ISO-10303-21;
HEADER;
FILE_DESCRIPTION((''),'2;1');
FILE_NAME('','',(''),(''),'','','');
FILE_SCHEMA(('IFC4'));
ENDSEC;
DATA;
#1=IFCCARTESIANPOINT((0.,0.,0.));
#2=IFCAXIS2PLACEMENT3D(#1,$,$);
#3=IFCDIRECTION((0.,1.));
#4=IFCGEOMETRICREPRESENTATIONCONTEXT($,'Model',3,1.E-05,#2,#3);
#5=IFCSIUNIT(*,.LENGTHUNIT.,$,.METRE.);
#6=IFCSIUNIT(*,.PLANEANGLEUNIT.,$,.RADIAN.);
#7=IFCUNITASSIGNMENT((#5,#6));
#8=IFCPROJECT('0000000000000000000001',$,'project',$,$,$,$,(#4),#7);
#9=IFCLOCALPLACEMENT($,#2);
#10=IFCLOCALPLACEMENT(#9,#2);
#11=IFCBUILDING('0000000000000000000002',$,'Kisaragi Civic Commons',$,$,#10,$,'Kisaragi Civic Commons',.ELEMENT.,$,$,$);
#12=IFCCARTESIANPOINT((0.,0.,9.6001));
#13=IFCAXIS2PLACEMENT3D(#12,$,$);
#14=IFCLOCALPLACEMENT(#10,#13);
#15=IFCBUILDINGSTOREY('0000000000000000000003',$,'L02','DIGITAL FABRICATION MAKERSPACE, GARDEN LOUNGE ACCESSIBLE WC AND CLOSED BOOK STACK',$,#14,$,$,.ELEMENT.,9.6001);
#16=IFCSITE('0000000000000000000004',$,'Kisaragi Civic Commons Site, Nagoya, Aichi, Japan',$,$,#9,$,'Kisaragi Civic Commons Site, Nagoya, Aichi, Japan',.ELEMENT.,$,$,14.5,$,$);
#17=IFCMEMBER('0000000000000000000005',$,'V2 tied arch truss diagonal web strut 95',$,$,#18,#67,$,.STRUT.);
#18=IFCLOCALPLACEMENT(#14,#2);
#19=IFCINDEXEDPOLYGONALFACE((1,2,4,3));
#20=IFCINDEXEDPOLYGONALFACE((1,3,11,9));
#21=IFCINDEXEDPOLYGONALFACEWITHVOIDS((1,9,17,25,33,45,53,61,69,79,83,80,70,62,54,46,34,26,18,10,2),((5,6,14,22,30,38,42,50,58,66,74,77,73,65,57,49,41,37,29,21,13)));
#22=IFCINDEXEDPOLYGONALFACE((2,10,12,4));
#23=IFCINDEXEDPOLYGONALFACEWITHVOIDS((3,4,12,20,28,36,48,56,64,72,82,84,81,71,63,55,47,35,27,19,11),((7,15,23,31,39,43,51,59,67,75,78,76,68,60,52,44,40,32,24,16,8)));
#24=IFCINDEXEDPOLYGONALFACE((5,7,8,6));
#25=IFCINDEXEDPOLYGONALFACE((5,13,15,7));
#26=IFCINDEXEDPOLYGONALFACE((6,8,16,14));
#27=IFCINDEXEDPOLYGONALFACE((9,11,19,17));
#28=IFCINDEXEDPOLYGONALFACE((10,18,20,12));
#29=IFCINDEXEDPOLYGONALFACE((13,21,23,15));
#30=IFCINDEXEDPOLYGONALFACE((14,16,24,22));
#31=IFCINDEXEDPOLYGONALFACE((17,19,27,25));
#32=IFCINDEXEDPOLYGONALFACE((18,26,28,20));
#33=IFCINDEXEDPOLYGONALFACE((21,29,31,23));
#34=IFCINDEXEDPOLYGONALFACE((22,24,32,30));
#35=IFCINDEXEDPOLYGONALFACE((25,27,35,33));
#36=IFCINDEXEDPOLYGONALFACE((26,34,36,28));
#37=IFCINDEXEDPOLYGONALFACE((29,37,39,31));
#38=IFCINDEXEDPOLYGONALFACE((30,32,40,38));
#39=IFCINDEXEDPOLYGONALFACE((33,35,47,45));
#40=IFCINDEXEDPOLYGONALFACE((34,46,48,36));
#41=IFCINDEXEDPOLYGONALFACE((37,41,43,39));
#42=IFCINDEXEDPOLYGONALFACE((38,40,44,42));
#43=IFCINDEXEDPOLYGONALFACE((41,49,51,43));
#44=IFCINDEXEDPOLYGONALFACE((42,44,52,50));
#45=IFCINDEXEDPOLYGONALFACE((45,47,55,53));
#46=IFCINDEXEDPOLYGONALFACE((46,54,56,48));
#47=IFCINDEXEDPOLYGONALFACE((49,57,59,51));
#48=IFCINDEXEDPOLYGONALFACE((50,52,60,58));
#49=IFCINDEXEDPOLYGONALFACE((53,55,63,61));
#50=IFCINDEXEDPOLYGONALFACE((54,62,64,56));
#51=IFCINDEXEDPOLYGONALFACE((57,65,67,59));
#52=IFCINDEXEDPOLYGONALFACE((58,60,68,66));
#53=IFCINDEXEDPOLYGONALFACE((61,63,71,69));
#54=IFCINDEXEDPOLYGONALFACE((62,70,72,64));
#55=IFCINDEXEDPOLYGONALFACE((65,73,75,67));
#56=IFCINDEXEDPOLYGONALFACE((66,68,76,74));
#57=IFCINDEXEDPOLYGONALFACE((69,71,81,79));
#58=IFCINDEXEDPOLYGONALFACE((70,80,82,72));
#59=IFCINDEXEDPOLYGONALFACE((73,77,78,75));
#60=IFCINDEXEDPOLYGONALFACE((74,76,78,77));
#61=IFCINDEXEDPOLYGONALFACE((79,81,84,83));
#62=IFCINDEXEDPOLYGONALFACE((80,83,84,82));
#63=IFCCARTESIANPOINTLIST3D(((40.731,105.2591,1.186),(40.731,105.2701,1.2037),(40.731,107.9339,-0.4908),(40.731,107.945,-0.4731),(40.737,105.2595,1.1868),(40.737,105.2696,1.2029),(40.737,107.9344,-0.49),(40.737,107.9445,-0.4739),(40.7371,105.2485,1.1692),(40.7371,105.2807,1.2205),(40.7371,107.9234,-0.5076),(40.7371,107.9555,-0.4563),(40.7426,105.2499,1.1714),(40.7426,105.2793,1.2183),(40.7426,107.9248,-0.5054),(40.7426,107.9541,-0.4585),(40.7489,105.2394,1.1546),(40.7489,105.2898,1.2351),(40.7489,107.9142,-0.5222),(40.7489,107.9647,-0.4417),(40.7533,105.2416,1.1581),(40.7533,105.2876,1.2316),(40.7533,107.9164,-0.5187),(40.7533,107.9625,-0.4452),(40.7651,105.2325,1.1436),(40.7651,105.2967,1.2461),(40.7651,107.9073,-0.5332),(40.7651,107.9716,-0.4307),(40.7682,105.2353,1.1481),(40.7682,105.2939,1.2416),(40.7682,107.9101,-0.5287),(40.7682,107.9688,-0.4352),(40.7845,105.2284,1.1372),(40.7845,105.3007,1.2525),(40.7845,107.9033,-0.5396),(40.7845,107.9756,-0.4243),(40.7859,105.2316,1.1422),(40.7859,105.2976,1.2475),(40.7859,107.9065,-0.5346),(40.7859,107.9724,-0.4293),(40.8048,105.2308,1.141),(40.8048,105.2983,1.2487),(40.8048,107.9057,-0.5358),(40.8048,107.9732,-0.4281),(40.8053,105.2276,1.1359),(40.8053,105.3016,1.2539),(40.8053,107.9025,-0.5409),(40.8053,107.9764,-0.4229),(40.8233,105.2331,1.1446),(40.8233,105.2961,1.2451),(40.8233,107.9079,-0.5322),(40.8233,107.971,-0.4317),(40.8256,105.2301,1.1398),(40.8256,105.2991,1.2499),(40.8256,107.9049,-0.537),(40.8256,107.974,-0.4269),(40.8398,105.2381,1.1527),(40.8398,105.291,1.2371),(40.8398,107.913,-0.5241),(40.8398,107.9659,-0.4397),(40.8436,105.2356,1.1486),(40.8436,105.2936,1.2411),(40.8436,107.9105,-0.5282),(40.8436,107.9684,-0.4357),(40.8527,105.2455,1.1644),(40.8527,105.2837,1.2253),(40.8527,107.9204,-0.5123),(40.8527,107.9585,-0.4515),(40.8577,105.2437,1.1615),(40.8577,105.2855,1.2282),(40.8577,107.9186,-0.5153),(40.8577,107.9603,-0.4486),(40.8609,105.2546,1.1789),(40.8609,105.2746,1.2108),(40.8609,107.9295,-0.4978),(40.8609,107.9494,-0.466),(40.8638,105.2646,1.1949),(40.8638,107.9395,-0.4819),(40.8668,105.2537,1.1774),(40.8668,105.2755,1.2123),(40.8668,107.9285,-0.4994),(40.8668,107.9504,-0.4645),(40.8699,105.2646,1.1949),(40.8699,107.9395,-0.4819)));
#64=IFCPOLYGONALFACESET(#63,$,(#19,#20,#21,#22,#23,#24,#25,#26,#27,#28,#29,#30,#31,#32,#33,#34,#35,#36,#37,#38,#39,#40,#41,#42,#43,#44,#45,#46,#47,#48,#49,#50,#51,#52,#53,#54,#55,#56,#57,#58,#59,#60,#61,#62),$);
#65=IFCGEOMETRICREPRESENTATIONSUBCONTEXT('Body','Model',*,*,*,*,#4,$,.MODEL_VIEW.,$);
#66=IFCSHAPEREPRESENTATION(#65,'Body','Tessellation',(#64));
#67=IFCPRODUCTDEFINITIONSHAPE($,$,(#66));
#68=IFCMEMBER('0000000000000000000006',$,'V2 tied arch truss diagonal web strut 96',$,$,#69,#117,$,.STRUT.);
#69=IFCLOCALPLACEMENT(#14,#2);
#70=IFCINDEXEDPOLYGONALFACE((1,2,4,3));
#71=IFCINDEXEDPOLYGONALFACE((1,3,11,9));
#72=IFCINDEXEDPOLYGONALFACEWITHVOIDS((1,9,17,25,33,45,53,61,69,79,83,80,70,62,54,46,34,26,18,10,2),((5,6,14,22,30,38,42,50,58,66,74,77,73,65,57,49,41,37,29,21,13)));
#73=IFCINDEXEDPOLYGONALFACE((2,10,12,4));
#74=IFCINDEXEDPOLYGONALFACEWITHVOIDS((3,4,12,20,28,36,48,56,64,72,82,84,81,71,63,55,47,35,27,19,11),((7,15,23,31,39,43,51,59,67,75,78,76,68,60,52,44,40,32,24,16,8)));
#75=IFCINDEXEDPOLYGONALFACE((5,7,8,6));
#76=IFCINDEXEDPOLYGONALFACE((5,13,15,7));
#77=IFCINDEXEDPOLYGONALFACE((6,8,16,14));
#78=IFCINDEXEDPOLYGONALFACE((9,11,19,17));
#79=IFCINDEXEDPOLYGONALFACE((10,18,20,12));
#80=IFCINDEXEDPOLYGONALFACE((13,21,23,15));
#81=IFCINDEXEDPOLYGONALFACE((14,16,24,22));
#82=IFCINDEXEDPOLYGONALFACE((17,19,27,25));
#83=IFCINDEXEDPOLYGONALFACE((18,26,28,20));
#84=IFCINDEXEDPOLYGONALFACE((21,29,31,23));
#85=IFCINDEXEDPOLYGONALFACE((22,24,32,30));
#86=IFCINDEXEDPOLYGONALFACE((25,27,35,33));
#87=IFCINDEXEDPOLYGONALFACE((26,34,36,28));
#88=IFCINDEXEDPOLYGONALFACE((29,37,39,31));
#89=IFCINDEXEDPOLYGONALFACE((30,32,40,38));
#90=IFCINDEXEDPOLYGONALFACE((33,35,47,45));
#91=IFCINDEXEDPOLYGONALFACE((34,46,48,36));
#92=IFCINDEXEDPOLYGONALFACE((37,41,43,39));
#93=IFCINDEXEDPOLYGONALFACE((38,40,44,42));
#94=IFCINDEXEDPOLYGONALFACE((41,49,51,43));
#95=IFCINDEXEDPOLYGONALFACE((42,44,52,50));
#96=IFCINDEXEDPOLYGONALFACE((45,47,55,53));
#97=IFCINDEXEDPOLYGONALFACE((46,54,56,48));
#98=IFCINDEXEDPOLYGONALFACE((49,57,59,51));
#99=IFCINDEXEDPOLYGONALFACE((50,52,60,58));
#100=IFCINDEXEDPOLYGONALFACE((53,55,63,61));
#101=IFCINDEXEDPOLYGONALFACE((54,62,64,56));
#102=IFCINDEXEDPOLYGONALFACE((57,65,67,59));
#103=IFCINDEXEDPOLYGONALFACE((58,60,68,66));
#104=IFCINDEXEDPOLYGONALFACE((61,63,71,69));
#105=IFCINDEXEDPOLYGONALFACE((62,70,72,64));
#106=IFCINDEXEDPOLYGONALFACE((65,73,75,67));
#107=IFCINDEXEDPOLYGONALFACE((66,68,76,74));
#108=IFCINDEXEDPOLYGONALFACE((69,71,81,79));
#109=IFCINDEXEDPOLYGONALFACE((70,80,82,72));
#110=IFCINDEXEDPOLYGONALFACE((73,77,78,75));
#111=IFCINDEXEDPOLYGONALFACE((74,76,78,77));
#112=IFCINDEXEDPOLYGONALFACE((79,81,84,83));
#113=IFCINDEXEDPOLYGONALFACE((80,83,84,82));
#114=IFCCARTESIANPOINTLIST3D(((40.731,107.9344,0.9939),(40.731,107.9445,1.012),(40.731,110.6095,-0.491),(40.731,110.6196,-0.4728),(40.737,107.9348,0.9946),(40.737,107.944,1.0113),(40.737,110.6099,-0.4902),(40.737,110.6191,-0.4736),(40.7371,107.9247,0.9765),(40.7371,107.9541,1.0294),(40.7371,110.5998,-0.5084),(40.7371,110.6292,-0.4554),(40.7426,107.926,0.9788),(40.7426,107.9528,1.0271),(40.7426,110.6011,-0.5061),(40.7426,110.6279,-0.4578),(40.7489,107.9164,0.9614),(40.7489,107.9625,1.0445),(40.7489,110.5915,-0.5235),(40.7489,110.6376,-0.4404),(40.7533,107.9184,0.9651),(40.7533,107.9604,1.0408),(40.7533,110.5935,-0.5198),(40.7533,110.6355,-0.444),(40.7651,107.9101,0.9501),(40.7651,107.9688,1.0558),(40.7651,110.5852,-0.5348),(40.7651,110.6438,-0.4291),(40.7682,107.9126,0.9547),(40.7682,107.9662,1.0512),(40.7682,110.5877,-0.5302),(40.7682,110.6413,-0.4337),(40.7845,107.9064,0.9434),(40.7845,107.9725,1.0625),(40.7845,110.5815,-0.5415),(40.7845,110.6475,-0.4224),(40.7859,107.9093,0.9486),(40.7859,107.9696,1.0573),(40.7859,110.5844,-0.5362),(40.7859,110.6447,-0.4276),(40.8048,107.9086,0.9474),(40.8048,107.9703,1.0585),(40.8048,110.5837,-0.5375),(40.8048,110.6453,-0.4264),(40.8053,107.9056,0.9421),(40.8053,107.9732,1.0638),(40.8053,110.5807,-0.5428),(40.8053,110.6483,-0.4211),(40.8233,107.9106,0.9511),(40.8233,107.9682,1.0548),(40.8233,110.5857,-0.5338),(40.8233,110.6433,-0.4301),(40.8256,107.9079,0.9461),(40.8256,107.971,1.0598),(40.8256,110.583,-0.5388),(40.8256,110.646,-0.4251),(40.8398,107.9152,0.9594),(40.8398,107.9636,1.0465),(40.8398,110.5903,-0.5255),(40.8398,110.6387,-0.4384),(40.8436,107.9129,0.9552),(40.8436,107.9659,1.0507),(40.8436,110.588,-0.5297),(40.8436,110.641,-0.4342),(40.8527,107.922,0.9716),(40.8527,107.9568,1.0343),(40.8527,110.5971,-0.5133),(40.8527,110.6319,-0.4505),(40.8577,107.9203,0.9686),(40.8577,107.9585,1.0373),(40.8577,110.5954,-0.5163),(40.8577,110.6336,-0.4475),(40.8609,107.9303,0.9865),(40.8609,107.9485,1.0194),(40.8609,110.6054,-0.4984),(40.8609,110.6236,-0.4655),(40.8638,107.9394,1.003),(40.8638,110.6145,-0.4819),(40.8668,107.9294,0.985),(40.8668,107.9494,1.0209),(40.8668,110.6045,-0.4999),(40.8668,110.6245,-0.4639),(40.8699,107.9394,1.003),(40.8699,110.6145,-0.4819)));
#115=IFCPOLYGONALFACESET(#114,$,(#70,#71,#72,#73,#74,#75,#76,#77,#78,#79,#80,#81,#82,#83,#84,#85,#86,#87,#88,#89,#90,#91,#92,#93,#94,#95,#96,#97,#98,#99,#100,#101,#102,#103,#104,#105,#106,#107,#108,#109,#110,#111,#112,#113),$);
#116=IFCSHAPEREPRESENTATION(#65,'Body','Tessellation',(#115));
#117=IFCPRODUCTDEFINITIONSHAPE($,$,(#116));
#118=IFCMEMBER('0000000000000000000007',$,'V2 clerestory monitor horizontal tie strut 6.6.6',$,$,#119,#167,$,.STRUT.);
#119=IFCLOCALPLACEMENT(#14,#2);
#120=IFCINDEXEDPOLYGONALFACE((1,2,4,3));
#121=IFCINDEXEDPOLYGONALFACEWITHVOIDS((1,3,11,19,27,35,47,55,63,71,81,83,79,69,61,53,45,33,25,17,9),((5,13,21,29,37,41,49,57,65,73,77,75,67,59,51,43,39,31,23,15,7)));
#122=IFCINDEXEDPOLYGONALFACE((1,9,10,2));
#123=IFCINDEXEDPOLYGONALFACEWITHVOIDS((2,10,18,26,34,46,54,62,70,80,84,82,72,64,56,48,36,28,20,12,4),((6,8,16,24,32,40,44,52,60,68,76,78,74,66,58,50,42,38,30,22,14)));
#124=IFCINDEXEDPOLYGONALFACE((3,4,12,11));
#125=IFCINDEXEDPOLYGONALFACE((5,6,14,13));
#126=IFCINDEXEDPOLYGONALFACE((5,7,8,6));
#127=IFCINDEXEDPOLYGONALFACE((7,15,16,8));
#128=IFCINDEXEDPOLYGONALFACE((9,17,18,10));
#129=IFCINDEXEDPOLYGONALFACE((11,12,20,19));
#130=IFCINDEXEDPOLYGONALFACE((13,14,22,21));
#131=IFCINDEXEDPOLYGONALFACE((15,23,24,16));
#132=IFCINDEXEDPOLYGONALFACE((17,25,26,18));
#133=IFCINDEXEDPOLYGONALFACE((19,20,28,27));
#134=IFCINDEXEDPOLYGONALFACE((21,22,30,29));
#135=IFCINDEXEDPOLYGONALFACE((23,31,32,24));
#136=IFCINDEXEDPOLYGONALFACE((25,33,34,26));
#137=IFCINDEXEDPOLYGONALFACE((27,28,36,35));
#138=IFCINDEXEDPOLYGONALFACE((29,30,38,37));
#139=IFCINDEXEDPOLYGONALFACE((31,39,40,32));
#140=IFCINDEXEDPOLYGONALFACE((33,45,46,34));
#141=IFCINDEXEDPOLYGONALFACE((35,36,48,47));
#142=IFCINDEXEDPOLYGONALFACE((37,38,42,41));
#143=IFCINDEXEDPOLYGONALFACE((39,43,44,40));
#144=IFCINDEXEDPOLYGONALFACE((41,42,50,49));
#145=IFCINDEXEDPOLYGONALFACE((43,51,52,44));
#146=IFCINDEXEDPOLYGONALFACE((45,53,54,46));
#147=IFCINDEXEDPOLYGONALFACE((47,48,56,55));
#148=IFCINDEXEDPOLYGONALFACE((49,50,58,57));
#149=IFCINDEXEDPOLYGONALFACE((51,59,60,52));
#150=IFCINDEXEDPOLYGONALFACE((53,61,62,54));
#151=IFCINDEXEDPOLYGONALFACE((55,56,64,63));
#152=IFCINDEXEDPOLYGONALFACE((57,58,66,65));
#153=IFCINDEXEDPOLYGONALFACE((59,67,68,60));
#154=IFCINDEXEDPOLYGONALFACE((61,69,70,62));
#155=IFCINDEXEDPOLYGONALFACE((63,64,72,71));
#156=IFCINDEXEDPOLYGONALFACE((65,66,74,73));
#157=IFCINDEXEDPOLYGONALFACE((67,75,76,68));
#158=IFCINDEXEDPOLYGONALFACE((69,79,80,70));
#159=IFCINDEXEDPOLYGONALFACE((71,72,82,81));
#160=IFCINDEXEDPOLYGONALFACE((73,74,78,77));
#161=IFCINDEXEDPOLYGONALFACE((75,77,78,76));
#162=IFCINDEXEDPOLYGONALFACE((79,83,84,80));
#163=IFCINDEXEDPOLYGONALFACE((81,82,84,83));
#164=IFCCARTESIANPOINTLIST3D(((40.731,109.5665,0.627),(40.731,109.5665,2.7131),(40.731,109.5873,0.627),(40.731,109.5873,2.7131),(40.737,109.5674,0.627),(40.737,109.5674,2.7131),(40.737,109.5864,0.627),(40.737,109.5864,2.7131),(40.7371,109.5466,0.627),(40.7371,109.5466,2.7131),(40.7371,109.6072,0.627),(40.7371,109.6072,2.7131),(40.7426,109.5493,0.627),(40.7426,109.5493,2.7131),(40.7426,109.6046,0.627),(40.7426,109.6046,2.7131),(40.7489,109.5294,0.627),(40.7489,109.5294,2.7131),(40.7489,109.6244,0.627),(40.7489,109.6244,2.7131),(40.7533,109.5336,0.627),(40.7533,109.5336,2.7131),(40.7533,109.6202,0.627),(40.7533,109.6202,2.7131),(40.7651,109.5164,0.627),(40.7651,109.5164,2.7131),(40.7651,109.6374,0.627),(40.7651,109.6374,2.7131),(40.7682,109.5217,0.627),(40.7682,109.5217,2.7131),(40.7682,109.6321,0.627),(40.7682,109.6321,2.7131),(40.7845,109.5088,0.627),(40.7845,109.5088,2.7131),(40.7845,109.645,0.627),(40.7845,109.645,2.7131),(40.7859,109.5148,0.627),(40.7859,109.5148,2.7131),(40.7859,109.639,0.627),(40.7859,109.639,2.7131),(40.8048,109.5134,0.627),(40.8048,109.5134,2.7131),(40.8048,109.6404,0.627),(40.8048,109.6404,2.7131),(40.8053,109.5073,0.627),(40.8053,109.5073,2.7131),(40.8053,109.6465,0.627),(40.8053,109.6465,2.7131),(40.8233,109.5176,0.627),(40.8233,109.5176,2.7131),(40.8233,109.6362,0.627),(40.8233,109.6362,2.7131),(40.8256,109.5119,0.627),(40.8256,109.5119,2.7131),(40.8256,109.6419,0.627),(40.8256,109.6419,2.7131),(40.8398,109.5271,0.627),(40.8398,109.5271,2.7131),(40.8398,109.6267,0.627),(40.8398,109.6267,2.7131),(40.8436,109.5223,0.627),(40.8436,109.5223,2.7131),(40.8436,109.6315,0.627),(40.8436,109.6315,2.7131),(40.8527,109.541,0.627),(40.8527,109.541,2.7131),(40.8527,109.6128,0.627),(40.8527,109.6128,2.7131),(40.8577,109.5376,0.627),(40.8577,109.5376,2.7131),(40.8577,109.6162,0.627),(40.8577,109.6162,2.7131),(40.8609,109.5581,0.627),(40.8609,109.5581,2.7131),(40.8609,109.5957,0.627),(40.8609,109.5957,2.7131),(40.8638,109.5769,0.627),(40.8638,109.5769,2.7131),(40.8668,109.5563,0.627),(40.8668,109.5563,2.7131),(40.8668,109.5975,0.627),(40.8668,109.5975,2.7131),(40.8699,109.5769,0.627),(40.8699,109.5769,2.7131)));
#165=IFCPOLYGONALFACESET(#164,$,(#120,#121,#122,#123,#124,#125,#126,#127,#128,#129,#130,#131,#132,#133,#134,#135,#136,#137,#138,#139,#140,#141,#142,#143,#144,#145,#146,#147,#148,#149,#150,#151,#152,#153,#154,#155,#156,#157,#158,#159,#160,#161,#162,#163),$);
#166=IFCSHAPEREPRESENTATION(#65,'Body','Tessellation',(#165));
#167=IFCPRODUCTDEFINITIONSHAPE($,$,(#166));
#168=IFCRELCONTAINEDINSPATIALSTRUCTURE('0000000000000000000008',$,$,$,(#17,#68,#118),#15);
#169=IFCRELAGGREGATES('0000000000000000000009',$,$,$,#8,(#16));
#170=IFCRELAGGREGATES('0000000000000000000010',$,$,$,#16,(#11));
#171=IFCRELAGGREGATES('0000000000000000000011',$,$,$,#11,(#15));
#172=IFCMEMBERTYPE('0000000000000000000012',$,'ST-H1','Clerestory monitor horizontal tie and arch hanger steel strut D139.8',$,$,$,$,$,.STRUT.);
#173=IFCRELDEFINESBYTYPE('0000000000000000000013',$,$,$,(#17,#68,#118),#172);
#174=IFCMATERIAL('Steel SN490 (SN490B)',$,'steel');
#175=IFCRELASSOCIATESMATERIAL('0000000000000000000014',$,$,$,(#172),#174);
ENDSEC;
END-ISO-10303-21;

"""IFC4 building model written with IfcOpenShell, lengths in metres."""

from ifc_helpers import new_model, si_unit, direction, frame, origin, origin_2d, place, context, subcontext, project, spatial, hollow_circle, extrude, material, material_profile, profile_set, type_object, element, save


model = new_model("IFC4")

# Units and contexts
model_context = context("Model", 3, precision=1e-05, world=origin(), true_north=direction((0.0, 1.0)))
body_context = subcontext(model_context, "Body", "Model", "MODEL_VIEW")
ifc_project = project(units=[si_unit("LENGTHUNIT", "METRE"), si_unit("PLANEANGLEUNIT", "RADIAN")], contexts=[model_context])

# Site, building, storey
site_placement = place(None, origin())
site = spatial("IfcSite", under=ifc_project, at=site_placement, Name="Kisaragi Civic Commons Site, Nagoya, Aichi, Japan", LongName="Kisaragi Civic Commons Site, Nagoya, Aichi, Japan", CompositionType="ELEMENT", RefElevation=14.5)
building_placement = place(site_placement, origin())
building = spatial("IfcBuilding", under=site, at=building_placement, Name="Kisaragi Civic Commons", LongName="Kisaragi Civic Commons", CompositionType="ELEMENT")
storey_placement = place(building_placement, frame((0.0, 0.0, 9.6001)))
storey = spatial("IfcBuildingStorey", under=building, at=storey_placement, Name="L02", Description="DIGITAL FABRICATION MAKERSPACE, GARDEN LOUNGE ACCESSIBLE WC AND CLOSED BOOK STACK", CompositionType="ELEMENT", Elevation=9.6001)

# Members
ifc_material_1 = material(Name="Steel SN490 (SN490B)", Category="steel")
ifc_material_profile_1 = material_profile(ifc_material_1, hollow_circle(Radius=0.0698, WallThickness=0.0061, at=origin_2d()), Name="CHS-139.8x6.0", Category="steel")
ifc_profile_set_1 = profile_set([ifc_material_profile_1], Name="Steel SN490 (SN490B)")
member_type_1 = type_object("IfcMemberType", Name="ST-H1", Description="Clerestory monitor horizontal tie and arch hanger steel strut D139.8", PredefinedType="STRUT", material=ifc_profile_set_1)
member_1_placement = place(storey_placement, frame((40.8, 107.9395, -0.4819), z_axis=(0.0, -0.847285, 0.531139), x_axis=(1.0, 0.0, 0.0)))
element("IfcMember", 1, at=member_1_placement, inside=storey, type_object=member_type_1, Name="V2 tied arch truss diagonal web strut 95", PredefinedType="STRUT", context=body_context, shape_type="SweptSolid", body=[
    extrude(hollow_circle(Radius=0.0698, WallThickness=0.0061, at=origin_2d()), origin(), (0.0, 0.0, 1.0), 3.157),
])
member_2_placement = place(storey_placement, frame((40.8, 110.6145, -0.4819), z_axis=(0.0, -0.874334, 0.485324), x_axis=(1.0, 0.0, 0.0)))
element("IfcMember", 2, at=member_2_placement, inside=storey, type_object=member_type_1, Name="V2 tied arch truss diagonal web strut 96", PredefinedType="STRUT", context=body_context, shape_type="SweptSolid", body=[
    extrude(hollow_circle(Radius=0.0698, WallThickness=0.0061, at=origin_2d()), origin(), (0.0, 0.0, 1.0), 3.0596),
])
member_3_placement = place(storey_placement, frame((40.8, 109.5769, 0.627), z_axis=(0.0, 0.0, 1.0), x_axis=(1.0, 0.0, 0.0)))
element("IfcMember", 3, at=member_3_placement, inside=storey, type_object=member_type_1, Name="V2 clerestory monitor horizontal tie strut 6.6.6", PredefinedType="STRUT", context=body_context, shape_type="SweptSolid", body=[
    extrude(hollow_circle(Radius=0.0698, WallThickness=0.0061, at=origin_2d()), origin(), (0.0, 0.0, 1.0), 2.0862),
])

save(model, "model.ifc")
